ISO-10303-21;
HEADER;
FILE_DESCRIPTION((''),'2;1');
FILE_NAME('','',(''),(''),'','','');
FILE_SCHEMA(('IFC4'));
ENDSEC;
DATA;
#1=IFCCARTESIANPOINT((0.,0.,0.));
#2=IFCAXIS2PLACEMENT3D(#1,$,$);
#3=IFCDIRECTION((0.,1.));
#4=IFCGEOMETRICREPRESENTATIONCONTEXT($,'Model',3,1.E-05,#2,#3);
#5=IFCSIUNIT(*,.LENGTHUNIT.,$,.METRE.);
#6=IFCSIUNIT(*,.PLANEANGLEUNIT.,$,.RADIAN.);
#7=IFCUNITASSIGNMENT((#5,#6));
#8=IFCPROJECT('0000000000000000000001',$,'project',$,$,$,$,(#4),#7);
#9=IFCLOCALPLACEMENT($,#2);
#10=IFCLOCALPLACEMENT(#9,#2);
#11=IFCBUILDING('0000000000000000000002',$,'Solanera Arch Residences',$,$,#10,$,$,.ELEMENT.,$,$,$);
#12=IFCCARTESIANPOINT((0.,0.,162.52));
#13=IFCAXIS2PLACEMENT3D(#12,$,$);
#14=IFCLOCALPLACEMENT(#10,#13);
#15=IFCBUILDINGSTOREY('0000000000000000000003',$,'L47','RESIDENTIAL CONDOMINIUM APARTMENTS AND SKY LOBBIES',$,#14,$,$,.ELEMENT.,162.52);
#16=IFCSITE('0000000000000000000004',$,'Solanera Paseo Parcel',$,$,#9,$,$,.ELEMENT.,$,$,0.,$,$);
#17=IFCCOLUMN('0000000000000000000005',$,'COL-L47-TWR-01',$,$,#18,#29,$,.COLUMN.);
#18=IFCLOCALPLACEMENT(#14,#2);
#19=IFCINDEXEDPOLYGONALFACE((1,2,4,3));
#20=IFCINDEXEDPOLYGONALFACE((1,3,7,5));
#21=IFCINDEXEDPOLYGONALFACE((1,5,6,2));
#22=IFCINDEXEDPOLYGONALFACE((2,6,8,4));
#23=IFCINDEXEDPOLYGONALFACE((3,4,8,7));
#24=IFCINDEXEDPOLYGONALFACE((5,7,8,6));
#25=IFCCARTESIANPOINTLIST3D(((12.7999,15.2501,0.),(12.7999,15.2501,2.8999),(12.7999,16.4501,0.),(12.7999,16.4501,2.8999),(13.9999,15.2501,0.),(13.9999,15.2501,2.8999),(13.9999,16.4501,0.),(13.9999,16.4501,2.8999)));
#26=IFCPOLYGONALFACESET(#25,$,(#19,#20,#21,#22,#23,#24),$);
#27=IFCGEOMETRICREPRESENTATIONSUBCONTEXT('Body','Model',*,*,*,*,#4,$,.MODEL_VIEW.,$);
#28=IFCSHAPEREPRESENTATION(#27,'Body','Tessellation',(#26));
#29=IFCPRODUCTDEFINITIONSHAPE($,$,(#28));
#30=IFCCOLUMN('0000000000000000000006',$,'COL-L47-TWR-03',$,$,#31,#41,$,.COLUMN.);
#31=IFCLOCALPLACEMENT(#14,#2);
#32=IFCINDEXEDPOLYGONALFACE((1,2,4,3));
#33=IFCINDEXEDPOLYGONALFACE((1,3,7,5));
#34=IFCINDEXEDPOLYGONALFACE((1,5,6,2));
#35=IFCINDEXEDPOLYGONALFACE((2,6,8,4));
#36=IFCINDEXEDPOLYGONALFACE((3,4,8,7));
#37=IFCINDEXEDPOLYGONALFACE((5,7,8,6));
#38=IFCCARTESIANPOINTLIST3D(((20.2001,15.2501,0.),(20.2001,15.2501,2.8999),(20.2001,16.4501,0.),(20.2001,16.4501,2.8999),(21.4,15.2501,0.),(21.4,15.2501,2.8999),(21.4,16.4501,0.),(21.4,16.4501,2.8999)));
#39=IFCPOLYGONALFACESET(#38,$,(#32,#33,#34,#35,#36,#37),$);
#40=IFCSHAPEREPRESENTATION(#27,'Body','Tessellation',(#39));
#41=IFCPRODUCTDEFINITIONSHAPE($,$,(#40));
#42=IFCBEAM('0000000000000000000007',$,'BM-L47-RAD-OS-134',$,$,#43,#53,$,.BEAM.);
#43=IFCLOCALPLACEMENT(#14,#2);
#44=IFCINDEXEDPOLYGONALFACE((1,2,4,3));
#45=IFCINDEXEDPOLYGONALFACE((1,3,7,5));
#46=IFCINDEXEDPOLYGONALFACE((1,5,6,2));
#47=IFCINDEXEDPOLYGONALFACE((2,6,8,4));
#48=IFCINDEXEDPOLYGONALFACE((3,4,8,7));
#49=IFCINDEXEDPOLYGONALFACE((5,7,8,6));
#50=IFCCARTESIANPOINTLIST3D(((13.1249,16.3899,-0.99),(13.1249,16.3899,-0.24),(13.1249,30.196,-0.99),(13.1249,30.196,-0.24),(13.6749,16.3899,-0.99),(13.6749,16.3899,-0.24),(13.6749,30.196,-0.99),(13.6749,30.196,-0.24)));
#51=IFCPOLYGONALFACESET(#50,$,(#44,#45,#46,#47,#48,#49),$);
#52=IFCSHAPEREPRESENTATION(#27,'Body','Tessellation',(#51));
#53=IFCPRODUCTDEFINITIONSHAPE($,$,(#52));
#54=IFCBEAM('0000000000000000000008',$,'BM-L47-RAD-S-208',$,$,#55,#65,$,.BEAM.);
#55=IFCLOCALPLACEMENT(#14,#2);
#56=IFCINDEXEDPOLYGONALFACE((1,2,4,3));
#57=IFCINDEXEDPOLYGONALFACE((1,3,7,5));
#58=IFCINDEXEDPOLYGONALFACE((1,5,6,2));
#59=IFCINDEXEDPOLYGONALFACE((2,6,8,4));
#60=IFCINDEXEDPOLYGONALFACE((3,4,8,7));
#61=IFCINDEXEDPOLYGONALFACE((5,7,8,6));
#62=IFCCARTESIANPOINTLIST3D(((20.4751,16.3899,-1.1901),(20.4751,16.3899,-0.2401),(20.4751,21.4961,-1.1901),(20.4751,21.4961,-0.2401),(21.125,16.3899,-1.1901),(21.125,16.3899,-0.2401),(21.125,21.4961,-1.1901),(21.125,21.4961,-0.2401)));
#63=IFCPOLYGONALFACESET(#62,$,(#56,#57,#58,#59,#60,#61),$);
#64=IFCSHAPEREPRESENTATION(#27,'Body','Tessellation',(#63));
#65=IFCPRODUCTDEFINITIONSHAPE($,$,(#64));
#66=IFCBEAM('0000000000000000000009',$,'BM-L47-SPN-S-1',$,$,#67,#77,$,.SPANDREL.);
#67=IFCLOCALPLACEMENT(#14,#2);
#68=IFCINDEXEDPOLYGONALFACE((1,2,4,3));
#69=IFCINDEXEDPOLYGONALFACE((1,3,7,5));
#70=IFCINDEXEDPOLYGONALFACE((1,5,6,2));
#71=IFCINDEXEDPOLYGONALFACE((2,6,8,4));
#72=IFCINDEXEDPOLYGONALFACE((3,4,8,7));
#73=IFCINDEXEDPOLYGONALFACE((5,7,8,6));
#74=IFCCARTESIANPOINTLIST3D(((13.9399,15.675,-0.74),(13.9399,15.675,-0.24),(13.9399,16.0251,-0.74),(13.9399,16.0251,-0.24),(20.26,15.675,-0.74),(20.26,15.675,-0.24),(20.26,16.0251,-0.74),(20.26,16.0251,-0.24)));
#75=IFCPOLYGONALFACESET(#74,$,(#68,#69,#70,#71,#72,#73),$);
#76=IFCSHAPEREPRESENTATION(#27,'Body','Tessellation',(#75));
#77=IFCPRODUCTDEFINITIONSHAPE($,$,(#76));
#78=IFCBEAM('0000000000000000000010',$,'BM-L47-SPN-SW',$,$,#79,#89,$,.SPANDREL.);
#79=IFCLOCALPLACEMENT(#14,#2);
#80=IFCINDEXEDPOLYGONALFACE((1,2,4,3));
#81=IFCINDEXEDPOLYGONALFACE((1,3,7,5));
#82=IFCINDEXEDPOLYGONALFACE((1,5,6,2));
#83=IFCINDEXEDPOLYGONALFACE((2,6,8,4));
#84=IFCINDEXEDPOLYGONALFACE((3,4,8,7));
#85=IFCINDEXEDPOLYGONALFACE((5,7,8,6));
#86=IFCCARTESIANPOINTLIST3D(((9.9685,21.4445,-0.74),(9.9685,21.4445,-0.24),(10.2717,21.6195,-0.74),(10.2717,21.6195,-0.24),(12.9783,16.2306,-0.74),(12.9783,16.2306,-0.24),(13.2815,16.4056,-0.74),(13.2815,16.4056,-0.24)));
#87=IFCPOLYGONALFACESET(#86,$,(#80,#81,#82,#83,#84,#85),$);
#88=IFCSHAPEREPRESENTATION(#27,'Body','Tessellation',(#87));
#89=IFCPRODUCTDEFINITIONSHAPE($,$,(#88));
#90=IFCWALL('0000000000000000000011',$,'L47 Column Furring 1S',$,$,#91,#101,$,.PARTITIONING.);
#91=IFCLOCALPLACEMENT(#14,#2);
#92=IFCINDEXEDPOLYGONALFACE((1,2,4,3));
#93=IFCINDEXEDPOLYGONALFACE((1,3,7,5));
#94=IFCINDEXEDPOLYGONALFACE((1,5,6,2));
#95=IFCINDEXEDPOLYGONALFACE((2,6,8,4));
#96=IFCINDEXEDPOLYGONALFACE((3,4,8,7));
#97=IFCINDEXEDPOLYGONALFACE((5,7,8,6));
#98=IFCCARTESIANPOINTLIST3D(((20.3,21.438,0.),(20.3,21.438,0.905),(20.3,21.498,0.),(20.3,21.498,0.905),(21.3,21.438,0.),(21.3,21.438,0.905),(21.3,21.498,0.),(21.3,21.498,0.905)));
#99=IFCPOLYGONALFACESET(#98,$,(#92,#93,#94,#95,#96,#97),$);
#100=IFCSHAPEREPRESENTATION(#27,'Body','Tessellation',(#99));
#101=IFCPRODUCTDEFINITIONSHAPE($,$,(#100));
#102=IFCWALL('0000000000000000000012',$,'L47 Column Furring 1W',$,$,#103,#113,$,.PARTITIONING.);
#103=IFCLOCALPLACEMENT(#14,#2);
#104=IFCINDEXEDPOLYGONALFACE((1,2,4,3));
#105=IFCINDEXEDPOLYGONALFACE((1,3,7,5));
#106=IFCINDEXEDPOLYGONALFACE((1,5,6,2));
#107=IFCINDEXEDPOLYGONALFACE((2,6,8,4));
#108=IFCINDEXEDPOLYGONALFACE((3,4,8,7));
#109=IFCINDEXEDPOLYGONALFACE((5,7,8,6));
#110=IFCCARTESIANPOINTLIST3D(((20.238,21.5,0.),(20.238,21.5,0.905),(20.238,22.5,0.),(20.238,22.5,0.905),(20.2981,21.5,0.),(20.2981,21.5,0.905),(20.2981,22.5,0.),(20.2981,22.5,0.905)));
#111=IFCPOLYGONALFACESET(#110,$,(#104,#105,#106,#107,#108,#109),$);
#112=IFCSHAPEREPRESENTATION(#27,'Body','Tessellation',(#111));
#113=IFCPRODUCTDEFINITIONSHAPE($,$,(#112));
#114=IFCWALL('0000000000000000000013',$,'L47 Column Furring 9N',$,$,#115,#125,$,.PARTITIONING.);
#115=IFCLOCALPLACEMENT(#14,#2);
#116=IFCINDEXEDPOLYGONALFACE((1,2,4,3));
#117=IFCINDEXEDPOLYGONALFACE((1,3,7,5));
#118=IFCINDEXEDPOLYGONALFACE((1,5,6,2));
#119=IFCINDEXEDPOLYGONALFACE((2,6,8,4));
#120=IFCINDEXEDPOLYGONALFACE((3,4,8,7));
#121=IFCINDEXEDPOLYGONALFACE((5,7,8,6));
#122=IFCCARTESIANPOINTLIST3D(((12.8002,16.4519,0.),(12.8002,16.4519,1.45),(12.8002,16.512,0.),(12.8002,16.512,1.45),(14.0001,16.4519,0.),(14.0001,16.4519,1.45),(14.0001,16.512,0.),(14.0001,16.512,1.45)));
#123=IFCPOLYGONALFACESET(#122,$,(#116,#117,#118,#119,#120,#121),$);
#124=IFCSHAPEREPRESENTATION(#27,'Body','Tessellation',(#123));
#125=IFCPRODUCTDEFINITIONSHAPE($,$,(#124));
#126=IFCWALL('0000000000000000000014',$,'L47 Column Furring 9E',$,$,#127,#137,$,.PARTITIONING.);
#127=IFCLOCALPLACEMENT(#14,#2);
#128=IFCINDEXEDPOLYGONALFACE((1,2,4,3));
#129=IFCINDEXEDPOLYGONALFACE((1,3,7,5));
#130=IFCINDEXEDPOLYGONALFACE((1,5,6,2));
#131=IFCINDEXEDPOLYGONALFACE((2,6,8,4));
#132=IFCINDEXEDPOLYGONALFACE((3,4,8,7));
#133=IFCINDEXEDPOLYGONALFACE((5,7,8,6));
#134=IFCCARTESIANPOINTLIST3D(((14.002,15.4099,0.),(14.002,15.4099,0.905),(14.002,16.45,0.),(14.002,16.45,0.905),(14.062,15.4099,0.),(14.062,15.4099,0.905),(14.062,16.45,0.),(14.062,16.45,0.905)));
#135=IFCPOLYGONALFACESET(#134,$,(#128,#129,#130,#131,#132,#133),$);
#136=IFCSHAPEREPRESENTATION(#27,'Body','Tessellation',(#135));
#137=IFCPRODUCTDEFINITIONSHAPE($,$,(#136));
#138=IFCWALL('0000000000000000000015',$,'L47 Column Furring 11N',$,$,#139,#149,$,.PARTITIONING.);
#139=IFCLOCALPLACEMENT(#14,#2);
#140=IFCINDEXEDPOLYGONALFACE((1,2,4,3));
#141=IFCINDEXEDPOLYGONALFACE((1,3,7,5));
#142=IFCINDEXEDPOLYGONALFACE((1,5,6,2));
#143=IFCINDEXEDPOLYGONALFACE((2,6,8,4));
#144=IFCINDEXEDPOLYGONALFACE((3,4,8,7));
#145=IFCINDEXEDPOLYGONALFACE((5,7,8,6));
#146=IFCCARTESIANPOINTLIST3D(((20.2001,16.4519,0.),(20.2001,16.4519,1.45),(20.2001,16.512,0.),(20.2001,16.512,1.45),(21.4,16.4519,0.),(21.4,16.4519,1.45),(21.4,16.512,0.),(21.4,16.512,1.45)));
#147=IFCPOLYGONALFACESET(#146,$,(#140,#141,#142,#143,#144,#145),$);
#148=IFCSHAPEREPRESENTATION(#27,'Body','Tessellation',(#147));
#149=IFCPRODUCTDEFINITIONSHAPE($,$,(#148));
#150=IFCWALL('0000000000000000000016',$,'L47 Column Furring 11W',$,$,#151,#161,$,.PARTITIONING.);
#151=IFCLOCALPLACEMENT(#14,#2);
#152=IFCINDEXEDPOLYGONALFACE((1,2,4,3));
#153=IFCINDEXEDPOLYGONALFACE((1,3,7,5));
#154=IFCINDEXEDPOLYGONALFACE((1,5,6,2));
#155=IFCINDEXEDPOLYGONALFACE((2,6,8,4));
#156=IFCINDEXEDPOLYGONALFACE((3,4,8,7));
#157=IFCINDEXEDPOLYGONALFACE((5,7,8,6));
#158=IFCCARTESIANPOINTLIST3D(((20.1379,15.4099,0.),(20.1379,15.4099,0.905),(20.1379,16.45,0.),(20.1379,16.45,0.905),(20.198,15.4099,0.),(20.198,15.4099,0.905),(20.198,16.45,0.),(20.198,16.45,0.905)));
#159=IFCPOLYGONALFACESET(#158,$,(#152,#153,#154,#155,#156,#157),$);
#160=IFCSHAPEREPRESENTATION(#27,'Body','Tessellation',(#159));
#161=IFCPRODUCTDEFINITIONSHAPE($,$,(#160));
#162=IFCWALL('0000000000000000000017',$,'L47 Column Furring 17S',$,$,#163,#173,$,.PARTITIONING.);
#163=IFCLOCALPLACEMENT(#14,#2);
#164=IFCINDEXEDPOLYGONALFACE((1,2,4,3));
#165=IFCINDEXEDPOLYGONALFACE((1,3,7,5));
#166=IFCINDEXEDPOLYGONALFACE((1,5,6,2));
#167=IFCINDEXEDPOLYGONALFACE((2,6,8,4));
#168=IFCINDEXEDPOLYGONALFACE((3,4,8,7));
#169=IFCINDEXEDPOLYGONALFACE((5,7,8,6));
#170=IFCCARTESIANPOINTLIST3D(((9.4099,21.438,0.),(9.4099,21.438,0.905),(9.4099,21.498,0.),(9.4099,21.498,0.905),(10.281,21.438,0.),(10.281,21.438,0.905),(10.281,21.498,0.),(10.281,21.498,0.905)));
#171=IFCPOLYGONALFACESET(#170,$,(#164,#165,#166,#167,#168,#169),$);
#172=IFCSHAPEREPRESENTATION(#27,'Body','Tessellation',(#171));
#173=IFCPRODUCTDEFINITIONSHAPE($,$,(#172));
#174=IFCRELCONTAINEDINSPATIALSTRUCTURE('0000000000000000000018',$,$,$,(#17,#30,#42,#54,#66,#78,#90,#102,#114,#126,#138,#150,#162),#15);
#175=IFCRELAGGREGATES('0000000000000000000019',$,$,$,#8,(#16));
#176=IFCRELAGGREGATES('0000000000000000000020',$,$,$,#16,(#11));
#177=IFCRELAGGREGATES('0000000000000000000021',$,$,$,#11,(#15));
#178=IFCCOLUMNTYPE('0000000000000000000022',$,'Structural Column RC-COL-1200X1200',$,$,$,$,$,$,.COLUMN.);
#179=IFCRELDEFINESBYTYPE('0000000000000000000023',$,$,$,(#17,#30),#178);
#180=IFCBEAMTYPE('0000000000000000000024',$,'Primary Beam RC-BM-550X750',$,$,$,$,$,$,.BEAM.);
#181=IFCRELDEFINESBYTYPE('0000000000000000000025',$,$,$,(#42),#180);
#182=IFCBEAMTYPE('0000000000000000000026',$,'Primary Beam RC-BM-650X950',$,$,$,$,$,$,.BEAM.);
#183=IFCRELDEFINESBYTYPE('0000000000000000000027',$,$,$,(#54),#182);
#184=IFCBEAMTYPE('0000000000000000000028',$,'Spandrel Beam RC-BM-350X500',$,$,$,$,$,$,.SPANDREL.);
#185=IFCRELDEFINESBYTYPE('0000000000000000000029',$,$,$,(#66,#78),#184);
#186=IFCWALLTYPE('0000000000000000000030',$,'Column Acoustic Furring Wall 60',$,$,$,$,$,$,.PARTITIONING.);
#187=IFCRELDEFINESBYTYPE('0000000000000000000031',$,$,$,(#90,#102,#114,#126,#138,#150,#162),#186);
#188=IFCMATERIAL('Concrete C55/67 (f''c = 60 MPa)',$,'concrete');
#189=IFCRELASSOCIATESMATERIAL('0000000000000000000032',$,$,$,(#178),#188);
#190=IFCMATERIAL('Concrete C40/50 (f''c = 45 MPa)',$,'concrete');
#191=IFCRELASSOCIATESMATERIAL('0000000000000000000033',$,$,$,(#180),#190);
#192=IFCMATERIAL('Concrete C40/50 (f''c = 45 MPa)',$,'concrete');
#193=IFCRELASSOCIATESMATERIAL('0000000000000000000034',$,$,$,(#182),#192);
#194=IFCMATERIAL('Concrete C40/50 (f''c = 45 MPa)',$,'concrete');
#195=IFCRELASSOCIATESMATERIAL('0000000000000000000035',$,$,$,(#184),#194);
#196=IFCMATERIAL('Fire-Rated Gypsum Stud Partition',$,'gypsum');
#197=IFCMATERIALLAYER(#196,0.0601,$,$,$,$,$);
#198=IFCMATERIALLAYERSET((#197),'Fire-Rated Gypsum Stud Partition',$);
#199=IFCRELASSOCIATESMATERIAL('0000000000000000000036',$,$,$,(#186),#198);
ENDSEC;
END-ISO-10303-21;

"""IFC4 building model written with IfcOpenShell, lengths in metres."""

from ifc_helpers import new_model, si_unit, direction, frame, frame_2d, origin, origin_2d, place, context, subcontext, project, spatial, rectangle, extrude, material, layer, layer_set, material_profile, profile_set, type_object, element, save


model = new_model("IFC4")

# Units and contexts
model_context = context("Model", 3, precision=1e-05, world=origin(), true_north=direction((0.0, 1.0)))
body_context = subcontext(model_context, "Body", "Model", "MODEL_VIEW")
ifc_project = project(units=[si_unit("LENGTHUNIT", "METRE"), si_unit("PLANEANGLEUNIT", "RADIAN")], contexts=[model_context])

# Site, building, storey
site_placement = place(None, origin())
site = spatial("IfcSite", under=ifc_project, at=site_placement, Name="Solanera Paseo Parcel", CompositionType="ELEMENT", RefElevation=0.0)
building_placement = place(site_placement, origin())
building = spatial("IfcBuilding", under=site, at=building_placement, Name="Solanera Arch Residences", CompositionType="ELEMENT")
storey_placement = place(building_placement, frame((0.0, 0.0, 162.52)))
storey = spatial("IfcBuildingStorey", under=building, at=storey_placement, Name="L47", Description="RESIDENTIAL CONDOMINIUM APARTMENTS AND SKY LOBBIES", CompositionType="ELEMENT", Elevation=162.52)

# Columns
ifc_material_1 = material(Name="Concrete C55/67 (f'c = 60 MPa)", Category="concrete")
ifc_material_profile_1 = material_profile(ifc_material_1, rectangle(XDim=1.2, YDim=1.2, at=origin_2d()))
ifc_profile_set_1 = profile_set([ifc_material_profile_1], Name="Concrete C55/67 (f'c = 60 MPa)")
column_type = type_object("IfcColumnType", Name="Structural Column RC-COL-1200X1200", PredefinedType="COLUMN", material=ifc_profile_set_1)
for number, where, z_axis, x_axis, name in (
    (1, (13.3999, 15.8501, 0.0), (0.0, 0.0, 1.0), (1.0, 0.0, 0.0), "COL-L47-TWR-01"),
    (2, (20.8, 15.8501, 0.0), (0.0, 0.0, 1.0), (1.0, 0.0, 0.0), "COL-L47-TWR-03"),
):
    element("IfcColumn", number, at=place(storey_placement, frame(where, z_axis=z_axis, x_axis=x_axis)), inside=storey, type_object=column_type, Name=name, PredefinedType="COLUMN", context=body_context, shape_type="SweptSolid", body=[
        extrude(rectangle(XDim=1.2, YDim=1.2, at=origin_2d()), origin(), (0.0, 0.0, 1.0), 2.8999),
    ])

# Beams
ifc_material_2 = material(Name="Concrete C40/50 (f'c = 45 MPa)", Category="concrete")
ifc_material_profile_2 = material_profile(ifc_material_2, rectangle(XDim=0.55, YDim=0.75, at=origin_2d()))
ifc_profile_set_2 = profile_set([ifc_material_profile_2], Name="Concrete C40/50 (f'c = 45 MPa)")
beam_type_1 = type_object("IfcBeamType", Name="Primary Beam RC-BM-550X750", PredefinedType="BEAM", material=ifc_profile_set_2)
beam_1_placement = place(storey_placement, frame((13.3999, 16.3899, -0.615), z_axis=(0.0, 1.0, 0.0), x_axis=(-1.0, 0.0, 0.0)))
element("IfcBeam", 3, at=beam_1_placement, inside=storey, type_object=beam_type_1, Name="BM-L47-RAD-OS-134", PredefinedType="BEAM", context=body_context, shape_type="SweptSolid", body=[
    extrude(rectangle(XDim=0.55, YDim=0.75, at=origin_2d()), origin(), (0.0, 0.0, 1.0), 13.8062),
])
ifc_material_3 = material(Name="Concrete C40/50 (f'c = 45 MPa)", Category="concrete")
ifc_material_profile_3 = material_profile(ifc_material_3, rectangle(XDim=0.6499, YDim=0.95, at=origin_2d()))
ifc_profile_set_3 = profile_set([ifc_material_profile_3], Name="Concrete C40/50 (f'c = 45 MPa)")
beam_type_2 = type_object("IfcBeamType", Name="Primary Beam RC-BM-650X950", PredefinedType="BEAM", material=ifc_profile_set_3)
beam_2_placement = place(storey_placement, frame((20.8, 16.3899, -0.7151), z_axis=(0.0, 1.0, 0.0), x_axis=(-1.0, 0.0, 0.0)))
element("IfcBeam", 4, at=beam_2_placement, inside=storey, type_object=beam_type_2, Name="BM-L47-RAD-S-208", PredefinedType="BEAM", context=body_context, shape_type="SweptSolid", body=[
    extrude(rectangle(XDim=0.6499, YDim=0.95, at=origin_2d()), origin(), (0.0, 0.0, 1.0), 5.1062),
])
ifc_material_4 = material(Name="Concrete C40/50 (f'c = 45 MPa)", Category="concrete")
ifc_material_profile_4 = material_profile(ifc_material_4, rectangle(XDim=0.3501, YDim=0.5, at=origin_2d()))
ifc_profile_set_4 = profile_set([ifc_material_profile_4], Name="Concrete C40/50 (f'c = 45 MPa)")
beam_type_3 = type_object("IfcBeamType", Name="Spandrel Beam RC-BM-350X500", PredefinedType="SPANDREL", material=ifc_profile_set_4)
beam_3_placement = place(storey_placement, frame((13.9399, 15.8501, -0.49), z_axis=(1.0, 0.0, 0.0), x_axis=(0.0, 1.0, 0.0)))
element("IfcBeam", 5, at=beam_3_placement, inside=storey, type_object=beam_type_3, Name="BM-L47-SPN-S-1", PredefinedType="SPANDREL", context=body_context, shape_type="SweptSolid", body=[
    extrude(rectangle(XDim=0.3501, YDim=0.5, at=origin_2d()), origin(), (0.0, 0.0, 1.0), 6.3201),
])
beam_4_placement = place(storey_placement, frame((13.1299, 16.3181, -0.49), z_axis=(-0.499942, 0.866059, 0.0), x_axis=(-0.866059, -0.499942, 0.0)))
element("IfcBeam", 6, at=beam_4_placement, inside=storey, type_object=beam_type_3, Name="BM-L47-SPN-SW", PredefinedType="SPANDREL", context=body_context, shape_type="SweptSolid", body=[
    extrude(rectangle(XDim=0.3501, YDim=0.5, at=origin_2d()), origin(), (0.0, 0.0, 1.0), 6.0203),
])

# Walls
ifc_material_5 = material(Name="Fire-Rated Gypsum Stud Partition", Category="gypsum")
ifc_layer_1 = layer(ifc_material_5, 0.0601)
ifc_layer_set_1 = layer_set([ifc_layer_1], Name="Fire-Rated Gypsum Stud Partition")
wall_type_1 = type_object("IfcWallType", Name="Column Acoustic Furring Wall 60", PredefinedType="PARTITIONING", material=ifc_layer_set_1)
for number, where, z_axis, x_axis, name in (
    (7, (20.3, 21.468, 0.0), (0.0, 0.0, 1.0), (1.0, 0.0, 0.0), "L47 Column Furring 1S"),
    (8, (20.2681, 21.5, 0.0), (0.0, 0.0, 1.0), (0.0, 1.0, 0.0), "L47 Column Furring 1W"),
):
    element("IfcWall", number, at=place(storey_placement, frame(where, z_axis=z_axis, x_axis=x_axis)), inside=storey, type_object=wall_type_1, Name=name, PredefinedType="PARTITIONING", context=body_context, shape_type="SweptSolid", body=[
        extrude(rectangle(XDim=1.0, YDim=0.0601, at=frame_2d((0.5, 0.0))), origin(), (0.0, 0.0, 1.0), 0.905),
    ])
wall_1_placement = place(storey_placement, frame((12.8, 16.4819, 0.0), z_axis=(0.0, 0.0, 1.0), x_axis=(1.0, 0.0, 0.0)))
element("IfcWall", 9, at=wall_1_placement, inside=storey, type_object=wall_type_1, Name="L47 Column Furring 9N", PredefinedType="PARTITIONING", context=body_context, shape_type="SweptSolid", body=[
    extrude(rectangle(XDim=1.2, YDim=0.0601, at=frame_2d((0.6001, 0.0))), origin(), (0.0, 0.0, 1.0), 1.45),
])
wall_2_placement = place(storey_placement, frame((14.032, 15.4099, 0.0), z_axis=(0.0, 0.0, 1.0), x_axis=(0.0, 1.0, 0.0)))
element("IfcWall", 10, at=wall_2_placement, inside=storey, type_object=wall_type_1, Name="L47 Column Furring 9E", PredefinedType="PARTITIONING", context=body_context, shape_type="SweptSolid", body=[
    extrude(rectangle(XDim=1.04, YDim=0.0601, at=frame_2d((0.52, 0.0))), origin(), (0.0, 0.0, 1.0), 0.905),
])
wall_3_placement = place(storey_placement, frame((20.2, 16.4819, 0.0), z_axis=(0.0, 0.0, 1.0), x_axis=(1.0, 0.0, 0.0)))
element("IfcWall", 11, at=wall_3_placement, inside=storey, type_object=wall_type_1, Name="L47 Column Furring 11N", PredefinedType="PARTITIONING", context=body_context, shape_type="SweptSolid", body=[
    extrude(rectangle(XDim=1.2, YDim=0.0601, at=frame_2d((0.6001, 0.0))), origin(), (0.0, 0.0, 1.0), 1.45),
])
wall_4_placement = place(storey_placement, frame((20.168, 15.4099, 0.0), z_axis=(0.0, 0.0, 1.0), x_axis=(0.0, 1.0, 0.0)))
element("IfcWall", 12, at=wall_4_placement, inside=storey, type_object=wall_type_1, Name="L47 Column Furring 11W", PredefinedType="PARTITIONING", context=body_context, shape_type="SweptSolid", body=[
    extrude(rectangle(XDim=1.04, YDim=0.0601, at=frame_2d((0.52, 0.0))), origin(), (0.0, 0.0, 1.0), 0.905),
])
wall_5_placement = place(storey_placement, frame((9.4099, 21.468, 0.0), z_axis=(0.0, 0.0, 1.0), x_axis=(1.0, 0.0, 0.0)))
element("IfcWall", 13, at=wall_5_placement, inside=storey, type_object=wall_type_1, Name="L47 Column Furring 17S", PredefinedType="PARTITIONING", context=body_context, shape_type="SweptSolid", body=[
    extrude(rectangle(XDim=0.8711, YDim=0.0601, at=frame_2d((0.4355, 0.0))), origin(), (0.0, 0.0, 1.0), 0.905),
])

save(model, "model.ifc")
